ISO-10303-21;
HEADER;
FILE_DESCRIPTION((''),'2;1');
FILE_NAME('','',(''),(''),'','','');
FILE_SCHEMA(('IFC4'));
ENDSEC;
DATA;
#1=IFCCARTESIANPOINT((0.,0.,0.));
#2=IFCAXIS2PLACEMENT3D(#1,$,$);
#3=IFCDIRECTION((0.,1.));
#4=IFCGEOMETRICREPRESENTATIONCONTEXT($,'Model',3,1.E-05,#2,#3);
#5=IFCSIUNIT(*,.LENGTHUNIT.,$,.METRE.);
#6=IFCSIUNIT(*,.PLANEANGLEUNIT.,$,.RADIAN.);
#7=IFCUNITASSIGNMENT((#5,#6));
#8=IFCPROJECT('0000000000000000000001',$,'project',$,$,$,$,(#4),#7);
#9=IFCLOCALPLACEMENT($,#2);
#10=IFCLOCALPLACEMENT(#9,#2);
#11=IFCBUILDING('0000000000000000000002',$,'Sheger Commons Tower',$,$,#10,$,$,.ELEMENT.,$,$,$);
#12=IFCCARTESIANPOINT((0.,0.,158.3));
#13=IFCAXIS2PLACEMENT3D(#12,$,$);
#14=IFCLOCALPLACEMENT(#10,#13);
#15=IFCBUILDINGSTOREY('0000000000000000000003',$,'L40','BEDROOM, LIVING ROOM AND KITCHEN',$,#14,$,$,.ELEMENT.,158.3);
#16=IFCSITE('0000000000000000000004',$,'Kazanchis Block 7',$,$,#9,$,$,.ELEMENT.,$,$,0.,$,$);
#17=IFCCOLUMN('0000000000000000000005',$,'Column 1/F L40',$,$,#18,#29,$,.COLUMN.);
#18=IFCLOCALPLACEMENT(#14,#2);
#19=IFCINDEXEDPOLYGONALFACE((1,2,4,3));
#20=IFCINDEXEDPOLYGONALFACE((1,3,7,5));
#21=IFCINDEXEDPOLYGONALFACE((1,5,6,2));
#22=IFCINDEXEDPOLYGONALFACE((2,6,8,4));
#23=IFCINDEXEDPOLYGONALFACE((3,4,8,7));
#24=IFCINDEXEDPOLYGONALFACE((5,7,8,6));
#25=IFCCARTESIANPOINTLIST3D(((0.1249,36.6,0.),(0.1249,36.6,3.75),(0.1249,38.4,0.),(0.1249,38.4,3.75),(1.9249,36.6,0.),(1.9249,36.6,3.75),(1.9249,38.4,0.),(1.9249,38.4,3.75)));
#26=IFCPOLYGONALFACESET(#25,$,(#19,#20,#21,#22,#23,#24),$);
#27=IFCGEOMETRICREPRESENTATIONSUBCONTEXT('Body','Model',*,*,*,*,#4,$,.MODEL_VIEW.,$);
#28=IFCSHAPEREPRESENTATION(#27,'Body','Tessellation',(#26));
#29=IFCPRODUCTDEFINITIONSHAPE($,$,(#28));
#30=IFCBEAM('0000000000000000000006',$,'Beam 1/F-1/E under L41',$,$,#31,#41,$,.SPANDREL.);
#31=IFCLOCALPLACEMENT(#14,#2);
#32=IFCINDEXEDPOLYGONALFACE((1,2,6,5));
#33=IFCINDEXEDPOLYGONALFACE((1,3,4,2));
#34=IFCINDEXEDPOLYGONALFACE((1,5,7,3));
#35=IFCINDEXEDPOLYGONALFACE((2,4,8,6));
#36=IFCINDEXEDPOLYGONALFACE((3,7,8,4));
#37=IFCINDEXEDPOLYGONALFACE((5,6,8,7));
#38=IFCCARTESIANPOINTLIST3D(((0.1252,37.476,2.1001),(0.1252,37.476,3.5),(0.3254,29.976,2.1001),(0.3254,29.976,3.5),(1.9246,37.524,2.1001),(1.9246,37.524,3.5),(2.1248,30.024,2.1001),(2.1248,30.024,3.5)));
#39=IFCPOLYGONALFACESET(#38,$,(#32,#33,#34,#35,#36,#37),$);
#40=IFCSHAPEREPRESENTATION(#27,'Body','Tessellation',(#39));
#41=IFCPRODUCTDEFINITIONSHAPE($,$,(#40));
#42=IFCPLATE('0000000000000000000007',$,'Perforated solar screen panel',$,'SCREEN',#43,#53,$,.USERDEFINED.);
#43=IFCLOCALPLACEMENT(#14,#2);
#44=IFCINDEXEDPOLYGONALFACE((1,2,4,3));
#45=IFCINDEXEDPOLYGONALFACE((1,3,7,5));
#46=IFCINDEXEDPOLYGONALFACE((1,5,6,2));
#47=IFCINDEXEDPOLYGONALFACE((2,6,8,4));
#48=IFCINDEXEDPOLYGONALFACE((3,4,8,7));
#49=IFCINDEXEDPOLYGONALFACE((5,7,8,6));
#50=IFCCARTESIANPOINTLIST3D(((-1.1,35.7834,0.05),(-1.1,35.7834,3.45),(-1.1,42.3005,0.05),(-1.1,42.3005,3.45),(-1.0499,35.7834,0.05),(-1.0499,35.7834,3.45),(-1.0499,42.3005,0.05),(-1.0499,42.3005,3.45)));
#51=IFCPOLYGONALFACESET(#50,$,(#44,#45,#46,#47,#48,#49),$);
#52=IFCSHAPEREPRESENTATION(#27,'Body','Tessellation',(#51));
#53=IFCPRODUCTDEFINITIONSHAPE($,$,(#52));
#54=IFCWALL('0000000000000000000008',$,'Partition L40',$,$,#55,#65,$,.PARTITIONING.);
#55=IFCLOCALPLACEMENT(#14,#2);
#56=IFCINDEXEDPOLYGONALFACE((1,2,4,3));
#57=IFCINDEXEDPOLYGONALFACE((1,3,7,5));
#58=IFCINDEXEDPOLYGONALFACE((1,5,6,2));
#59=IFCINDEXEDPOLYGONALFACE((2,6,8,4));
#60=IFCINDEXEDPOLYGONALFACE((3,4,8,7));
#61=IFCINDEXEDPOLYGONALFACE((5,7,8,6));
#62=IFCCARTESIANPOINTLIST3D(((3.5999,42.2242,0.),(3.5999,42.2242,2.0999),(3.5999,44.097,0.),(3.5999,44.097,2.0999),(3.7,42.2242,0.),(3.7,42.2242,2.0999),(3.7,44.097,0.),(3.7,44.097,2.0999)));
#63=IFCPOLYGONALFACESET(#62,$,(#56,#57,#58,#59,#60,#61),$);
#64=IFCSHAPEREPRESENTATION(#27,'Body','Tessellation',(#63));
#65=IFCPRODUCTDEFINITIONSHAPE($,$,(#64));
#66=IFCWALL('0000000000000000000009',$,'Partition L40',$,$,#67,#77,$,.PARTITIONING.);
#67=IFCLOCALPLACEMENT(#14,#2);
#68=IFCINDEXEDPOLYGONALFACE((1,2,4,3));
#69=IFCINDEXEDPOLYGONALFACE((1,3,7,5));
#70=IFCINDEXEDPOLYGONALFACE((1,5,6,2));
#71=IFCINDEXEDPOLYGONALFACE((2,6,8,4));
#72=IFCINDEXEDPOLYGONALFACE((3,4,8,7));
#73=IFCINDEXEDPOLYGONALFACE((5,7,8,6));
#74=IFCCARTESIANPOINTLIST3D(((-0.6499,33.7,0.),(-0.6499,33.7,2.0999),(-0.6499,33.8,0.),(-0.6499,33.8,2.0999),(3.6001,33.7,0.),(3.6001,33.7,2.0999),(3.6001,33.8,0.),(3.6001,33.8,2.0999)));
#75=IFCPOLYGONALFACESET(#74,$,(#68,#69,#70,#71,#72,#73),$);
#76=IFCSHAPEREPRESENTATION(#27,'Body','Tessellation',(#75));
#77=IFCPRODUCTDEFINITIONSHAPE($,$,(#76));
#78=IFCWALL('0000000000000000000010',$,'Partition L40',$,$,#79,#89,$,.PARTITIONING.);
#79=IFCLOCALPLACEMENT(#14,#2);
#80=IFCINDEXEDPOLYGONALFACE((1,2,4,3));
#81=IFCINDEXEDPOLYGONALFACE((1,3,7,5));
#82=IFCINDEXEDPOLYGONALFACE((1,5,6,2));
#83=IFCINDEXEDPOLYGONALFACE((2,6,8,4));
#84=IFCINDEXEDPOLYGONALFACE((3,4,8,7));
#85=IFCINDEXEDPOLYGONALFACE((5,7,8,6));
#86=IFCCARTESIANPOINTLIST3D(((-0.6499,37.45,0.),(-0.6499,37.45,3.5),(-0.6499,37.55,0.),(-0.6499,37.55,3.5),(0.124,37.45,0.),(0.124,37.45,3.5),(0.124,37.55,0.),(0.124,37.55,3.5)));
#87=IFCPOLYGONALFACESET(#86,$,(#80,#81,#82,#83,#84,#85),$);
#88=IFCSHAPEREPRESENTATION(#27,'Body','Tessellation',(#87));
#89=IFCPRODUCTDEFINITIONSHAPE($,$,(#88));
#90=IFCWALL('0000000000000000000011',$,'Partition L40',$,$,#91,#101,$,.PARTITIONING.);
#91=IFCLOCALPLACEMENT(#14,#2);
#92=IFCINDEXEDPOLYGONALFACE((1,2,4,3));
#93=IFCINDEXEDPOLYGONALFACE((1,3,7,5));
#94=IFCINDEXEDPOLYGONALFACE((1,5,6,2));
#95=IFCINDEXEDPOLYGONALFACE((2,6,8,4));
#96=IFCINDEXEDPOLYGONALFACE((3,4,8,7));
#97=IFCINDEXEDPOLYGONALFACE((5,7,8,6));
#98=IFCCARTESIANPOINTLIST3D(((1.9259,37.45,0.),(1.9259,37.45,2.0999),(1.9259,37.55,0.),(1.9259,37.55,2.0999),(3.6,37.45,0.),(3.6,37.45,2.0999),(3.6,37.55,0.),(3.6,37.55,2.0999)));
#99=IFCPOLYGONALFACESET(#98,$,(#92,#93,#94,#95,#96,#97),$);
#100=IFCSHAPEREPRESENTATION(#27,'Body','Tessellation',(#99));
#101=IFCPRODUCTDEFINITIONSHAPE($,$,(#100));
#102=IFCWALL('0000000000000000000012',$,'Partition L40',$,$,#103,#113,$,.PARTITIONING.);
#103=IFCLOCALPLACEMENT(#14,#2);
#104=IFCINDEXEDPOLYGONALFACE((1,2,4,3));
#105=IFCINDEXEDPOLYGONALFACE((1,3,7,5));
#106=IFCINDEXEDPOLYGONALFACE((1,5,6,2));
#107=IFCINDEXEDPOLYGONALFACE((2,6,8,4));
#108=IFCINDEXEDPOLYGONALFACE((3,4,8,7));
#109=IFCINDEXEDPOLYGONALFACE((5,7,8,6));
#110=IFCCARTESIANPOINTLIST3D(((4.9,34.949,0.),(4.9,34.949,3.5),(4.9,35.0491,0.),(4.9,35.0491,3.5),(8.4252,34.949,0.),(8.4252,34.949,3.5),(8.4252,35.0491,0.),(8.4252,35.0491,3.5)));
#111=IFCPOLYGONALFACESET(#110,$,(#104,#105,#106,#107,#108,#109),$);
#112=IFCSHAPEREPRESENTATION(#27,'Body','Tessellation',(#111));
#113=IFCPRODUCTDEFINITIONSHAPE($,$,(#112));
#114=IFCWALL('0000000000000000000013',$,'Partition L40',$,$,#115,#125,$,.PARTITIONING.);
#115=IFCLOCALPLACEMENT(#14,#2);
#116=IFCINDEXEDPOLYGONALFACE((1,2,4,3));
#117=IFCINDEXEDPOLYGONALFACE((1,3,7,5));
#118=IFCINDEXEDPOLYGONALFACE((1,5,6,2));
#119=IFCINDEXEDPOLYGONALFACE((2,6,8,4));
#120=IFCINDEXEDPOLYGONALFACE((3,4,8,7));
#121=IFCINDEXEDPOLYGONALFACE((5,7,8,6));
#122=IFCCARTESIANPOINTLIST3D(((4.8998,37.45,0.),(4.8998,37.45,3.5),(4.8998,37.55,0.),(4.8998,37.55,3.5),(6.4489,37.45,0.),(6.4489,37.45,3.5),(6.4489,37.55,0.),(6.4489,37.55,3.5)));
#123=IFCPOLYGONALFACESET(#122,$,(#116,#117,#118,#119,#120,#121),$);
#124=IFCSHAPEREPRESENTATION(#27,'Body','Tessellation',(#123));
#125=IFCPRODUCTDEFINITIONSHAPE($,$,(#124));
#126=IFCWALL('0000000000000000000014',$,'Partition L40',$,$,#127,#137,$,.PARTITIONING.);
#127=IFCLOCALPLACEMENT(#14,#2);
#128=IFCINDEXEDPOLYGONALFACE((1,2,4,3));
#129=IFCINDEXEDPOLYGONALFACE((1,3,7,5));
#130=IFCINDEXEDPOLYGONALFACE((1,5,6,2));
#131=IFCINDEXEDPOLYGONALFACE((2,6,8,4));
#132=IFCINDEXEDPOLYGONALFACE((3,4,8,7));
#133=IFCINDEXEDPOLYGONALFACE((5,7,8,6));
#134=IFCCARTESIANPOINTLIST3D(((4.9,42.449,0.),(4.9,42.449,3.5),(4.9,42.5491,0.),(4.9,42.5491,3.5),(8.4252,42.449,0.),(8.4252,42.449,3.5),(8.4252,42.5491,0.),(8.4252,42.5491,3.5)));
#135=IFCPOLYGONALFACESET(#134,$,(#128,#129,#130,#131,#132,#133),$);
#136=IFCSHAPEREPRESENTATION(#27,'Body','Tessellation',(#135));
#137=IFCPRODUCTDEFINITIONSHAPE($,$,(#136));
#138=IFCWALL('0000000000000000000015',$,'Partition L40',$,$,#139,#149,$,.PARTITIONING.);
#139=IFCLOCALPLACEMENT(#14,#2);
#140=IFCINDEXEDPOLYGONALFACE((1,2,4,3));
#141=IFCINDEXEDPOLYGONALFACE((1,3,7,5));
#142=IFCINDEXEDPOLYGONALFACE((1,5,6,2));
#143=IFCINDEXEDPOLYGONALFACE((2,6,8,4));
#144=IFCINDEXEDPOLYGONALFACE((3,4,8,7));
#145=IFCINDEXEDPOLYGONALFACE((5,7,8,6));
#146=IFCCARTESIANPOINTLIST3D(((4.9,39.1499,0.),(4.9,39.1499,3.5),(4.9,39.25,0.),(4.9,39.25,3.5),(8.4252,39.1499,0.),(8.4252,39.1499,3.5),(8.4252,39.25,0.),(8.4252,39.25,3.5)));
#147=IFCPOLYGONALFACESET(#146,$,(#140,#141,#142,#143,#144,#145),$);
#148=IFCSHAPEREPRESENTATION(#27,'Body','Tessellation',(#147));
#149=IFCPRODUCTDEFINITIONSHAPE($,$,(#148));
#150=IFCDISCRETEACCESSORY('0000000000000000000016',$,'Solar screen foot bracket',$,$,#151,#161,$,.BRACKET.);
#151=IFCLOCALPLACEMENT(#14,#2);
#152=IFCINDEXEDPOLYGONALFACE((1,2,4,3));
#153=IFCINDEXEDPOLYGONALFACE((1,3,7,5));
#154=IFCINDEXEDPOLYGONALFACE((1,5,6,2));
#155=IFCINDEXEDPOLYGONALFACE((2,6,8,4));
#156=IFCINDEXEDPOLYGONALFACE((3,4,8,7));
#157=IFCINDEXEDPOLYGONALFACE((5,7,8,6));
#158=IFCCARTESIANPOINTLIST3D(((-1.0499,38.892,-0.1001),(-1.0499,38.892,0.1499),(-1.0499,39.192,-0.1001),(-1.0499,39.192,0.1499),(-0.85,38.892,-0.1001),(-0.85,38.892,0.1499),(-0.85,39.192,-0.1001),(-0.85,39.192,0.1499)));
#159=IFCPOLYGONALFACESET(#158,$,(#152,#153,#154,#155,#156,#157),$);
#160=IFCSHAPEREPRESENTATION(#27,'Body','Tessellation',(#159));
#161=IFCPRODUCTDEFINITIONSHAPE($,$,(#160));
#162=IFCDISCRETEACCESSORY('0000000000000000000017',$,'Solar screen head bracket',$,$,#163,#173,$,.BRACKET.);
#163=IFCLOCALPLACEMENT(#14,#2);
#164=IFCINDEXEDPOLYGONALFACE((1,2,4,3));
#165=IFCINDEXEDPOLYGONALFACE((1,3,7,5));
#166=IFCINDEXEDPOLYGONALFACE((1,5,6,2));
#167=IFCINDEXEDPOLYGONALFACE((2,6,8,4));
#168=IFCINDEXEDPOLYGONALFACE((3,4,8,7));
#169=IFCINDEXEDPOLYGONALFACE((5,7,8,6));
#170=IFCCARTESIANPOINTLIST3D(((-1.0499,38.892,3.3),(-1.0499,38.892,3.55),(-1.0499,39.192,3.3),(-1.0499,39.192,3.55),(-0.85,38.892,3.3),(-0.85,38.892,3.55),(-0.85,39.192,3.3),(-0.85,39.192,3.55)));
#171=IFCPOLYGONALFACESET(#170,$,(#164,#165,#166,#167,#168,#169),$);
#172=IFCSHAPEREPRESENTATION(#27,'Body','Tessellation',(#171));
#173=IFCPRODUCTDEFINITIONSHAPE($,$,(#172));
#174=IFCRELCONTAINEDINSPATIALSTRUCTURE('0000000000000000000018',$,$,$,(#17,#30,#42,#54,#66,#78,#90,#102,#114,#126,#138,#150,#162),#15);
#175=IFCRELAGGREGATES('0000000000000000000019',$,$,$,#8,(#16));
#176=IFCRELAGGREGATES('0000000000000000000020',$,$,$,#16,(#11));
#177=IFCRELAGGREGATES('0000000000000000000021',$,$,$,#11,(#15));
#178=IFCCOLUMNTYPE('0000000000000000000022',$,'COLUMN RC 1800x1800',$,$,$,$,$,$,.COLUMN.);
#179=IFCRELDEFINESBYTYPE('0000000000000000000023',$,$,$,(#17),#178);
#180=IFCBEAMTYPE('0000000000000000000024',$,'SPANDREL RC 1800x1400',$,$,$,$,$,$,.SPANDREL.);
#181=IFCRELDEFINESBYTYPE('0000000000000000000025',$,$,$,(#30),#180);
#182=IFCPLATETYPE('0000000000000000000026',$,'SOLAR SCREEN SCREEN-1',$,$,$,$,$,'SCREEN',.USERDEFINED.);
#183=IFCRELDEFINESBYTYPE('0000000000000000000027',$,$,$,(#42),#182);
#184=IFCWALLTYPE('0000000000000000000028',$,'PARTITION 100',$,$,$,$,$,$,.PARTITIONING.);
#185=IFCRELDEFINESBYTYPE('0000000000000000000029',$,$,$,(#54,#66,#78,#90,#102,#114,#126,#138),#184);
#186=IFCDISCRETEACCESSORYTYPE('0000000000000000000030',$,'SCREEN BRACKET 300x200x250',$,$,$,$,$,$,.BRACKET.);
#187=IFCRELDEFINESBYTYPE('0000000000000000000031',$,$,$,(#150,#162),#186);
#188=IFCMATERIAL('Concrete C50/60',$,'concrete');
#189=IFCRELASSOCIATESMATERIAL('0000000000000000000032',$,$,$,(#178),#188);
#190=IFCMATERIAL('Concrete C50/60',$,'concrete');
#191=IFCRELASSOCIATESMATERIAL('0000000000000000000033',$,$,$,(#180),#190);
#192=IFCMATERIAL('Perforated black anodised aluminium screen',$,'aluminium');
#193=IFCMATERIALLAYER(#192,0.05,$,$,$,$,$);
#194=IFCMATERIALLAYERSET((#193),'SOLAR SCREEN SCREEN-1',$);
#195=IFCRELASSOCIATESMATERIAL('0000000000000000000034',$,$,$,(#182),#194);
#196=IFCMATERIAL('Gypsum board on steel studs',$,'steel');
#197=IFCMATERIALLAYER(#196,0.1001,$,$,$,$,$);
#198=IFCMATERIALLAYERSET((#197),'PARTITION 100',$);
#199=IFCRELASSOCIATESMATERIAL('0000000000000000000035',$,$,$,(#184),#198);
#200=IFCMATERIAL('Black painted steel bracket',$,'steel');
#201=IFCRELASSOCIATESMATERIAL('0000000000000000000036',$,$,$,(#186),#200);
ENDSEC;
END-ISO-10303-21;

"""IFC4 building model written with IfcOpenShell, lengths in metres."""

from ifc_helpers import new_model, si_unit, direction, frame, frame_2d, origin, origin_2d, place, context, subcontext, project, spatial, rectangle, extrude, material, layer, layer_set, material_profile, profile_set, type_object, element, save


model = new_model("IFC4")

# Units and contexts
model_context = context("Model", 3, precision=1e-05, world=origin(), true_north=direction((0.0, 1.0)))
body_context = subcontext(model_context, "Body", "Model", "MODEL_VIEW")
ifc_project = project(units=[si_unit("LENGTHUNIT", "METRE"), si_unit("PLANEANGLEUNIT", "RADIAN")], contexts=[model_context])

# Site, building, storey
site_placement = place(None, origin())
site = spatial("IfcSite", under=ifc_project, at=site_placement, Name="Kazanchis Block 7", CompositionType="ELEMENT", RefElevation=0.0)
building_placement = place(site_placement, origin())
building = spatial("IfcBuilding", under=site, at=building_placement, Name="Sheger Commons Tower", CompositionType="ELEMENT")
storey_placement = place(building_placement, frame((0.0, 0.0, 158.3)))
storey = spatial("IfcBuildingStorey", under=building, at=storey_placement, Name="L40", Description="BEDROOM, LIVING ROOM AND KITCHEN", CompositionType="ELEMENT", Elevation=158.3)

# Column
ifc_material_1 = material(Name="Concrete C50/60", Category="concrete")
ifc_material_profile_1 = material_profile(ifc_material_1, rectangle(XDim=1.8, YDim=1.8, at=origin_2d()), Name="RC 1800x1800")
ifc_profile_set_1 = profile_set([ifc_material_profile_1], Name="Concrete C50/60")
column_type = type_object("IfcColumnType", Name="COLUMN RC 1800x1800", PredefinedType="COLUMN", material=ifc_profile_set_1)
column_placement = place(storey_placement, frame((1.0249, 37.5, 0.0), z_axis=(0.0, 0.0, 1.0), x_axis=(1.0, 0.0, 0.0)))
element("IfcColumn", 1, at=column_placement, inside=storey, type_object=column_type, Name="Column 1/F L40", PredefinedType="COLUMN", context=body_context, shape_type="SweptSolid", body=[
    extrude(rectangle(XDim=1.8, YDim=1.8, at=origin_2d()), origin(), (0.0, 0.0, 1.0), 3.75),
])

# Beam
ifc_material_2 = material(Name="Concrete C50/60", Category="concrete")
ifc_material_profile_2 = material_profile(ifc_material_2, rectangle(XDim=1.8, YDim=1.3999, at=origin_2d()), Name="RC 1800x1400")
ifc_profile_set_2 = profile_set([ifc_material_profile_2], Name="Concrete C50/60")
beam_type = type_object("IfcBeamType", Name="SPANDREL RC 1800x1400", PredefinedType="SPANDREL", material=ifc_profile_set_2)
beam_placement = place(storey_placement, frame((1.0249, 37.5, 2.8), z_axis=(0.026683, -0.999644, 0.0), x_axis=(0.999644, 0.026683, 0.0)))
element("IfcBeam", 2, at=beam_placement, inside=storey, type_object=beam_type, Name="Beam 1/F-1/E under L41", PredefinedType="SPANDREL", context=body_context, shape_type="SweptSolid", body=[
    extrude(rectangle(XDim=1.8, YDim=1.3999, at=origin_2d()), origin(), (0.0, 0.0, 1.0), 7.5027),
])

# Plate
ifc_material_3 = material(Name="Perforated black anodised aluminium screen", Category="aluminium")
ifc_layer_1 = layer(ifc_material_3, 0.05)
ifc_layer_set_1 = layer_set([ifc_layer_1], Name="SOLAR SCREEN SCREEN-1")
plate_type = type_object("IfcPlateType", Name="SOLAR SCREEN SCREEN-1", ElementType="SCREEN", PredefinedType="USERDEFINED", material=ifc_layer_set_1)
plate_placement = place(storey_placement, frame((-1.075, 39.042, 0.05), z_axis=(0.0, 0.0, 1.0), x_axis=(0.0, -1.0, 0.0)))
element("IfcPlate", 3, at=plate_placement, inside=storey, type_object=plate_type, Name="Perforated solar screen panel", ObjectType="SCREEN", PredefinedType="USERDEFINED", context=body_context, shape_type="SweptSolid", body=[
    extrude(rectangle(XDim=6.5171, YDim=0.05, at=origin_2d()), origin(), (0.0, 0.0, 1.0), 3.3999),
])

# Walls
ifc_material_4 = material(Name="Gypsum board on steel studs", Category="steel")
ifc_layer_2 = layer(ifc_material_4, 0.1001)
ifc_layer_set_2 = layer_set([ifc_layer_2], Name="PARTITION 100")
wall_type = type_object("IfcWallType", Name="PARTITION 100", PredefinedType="PARTITIONING", material=ifc_layer_set_2)
wall_1_placement = place(storey_placement, frame((3.6499, 42.2241, 0.0), z_axis=(0.0, 0.0, 1.0), x_axis=(0.0, 1.0, 0.0)))
element("IfcWall", 4, at=wall_1_placement, inside=storey, type_object=wall_type, Name="Partition L40", PredefinedType="PARTITIONING", context=body_context, shape_type="SweptSolid", body=[
    extrude(rectangle(XDim=1.8728, YDim=0.1001, at=frame_2d((0.9365, 0.0))), origin(), (0.0, 0.0, 1.0), 2.0999),
])
wall_2_placement = place(storey_placement, frame((-0.6499, 33.75, 0.0), z_axis=(0.0, 0.0, 1.0), x_axis=(1.0, 0.0, 0.0)))
element("IfcWall", 5, at=wall_2_placement, inside=storey, type_object=wall_type, Name="Partition L40", PredefinedType="PARTITIONING", context=body_context, shape_type="SweptSolid", body=[
    extrude(rectangle(XDim=4.25, YDim=0.1001, at=frame_2d((2.125, 0.0))), origin(), (0.0, 0.0, 1.0), 2.0999),
])
wall_3_placement = place(storey_placement, frame((-0.6499, 37.5, 0.0), z_axis=(0.0, 0.0, 1.0), x_axis=(1.0, 0.0, 0.0)))
element("IfcWall", 6, at=wall_3_placement, inside=storey, type_object=wall_type, Name="Partition L40", PredefinedType="PARTITIONING", context=body_context, shape_type="SweptSolid", body=[
    extrude(rectangle(XDim=0.7739, YDim=0.1001, at=frame_2d((0.387, 0.0))), origin(), (0.0, 0.0, 1.0), 3.5),
])
wall_4_placement = place(storey_placement, frame((1.926, 37.5, 0.0), z_axis=(0.0, 0.0, 1.0), x_axis=(1.0, 0.0, 0.0)))
element("IfcWall", 7, at=wall_4_placement, inside=storey, type_object=wall_type, Name="Partition L40", PredefinedType="PARTITIONING", context=body_context, shape_type="SweptSolid", body=[
    extrude(rectangle(XDim=1.6741, YDim=0.1001, at=frame_2d((0.8369, 0.0))), origin(), (0.0, 0.0, 1.0), 2.0999),
])
wall_5_placement = place(storey_placement, frame((4.8999, 34.999, 0.0), z_axis=(0.0, 0.0, 1.0), x_axis=(1.0, 0.0, 0.0)))
element("IfcWall", 8, at=wall_5_placement, inside=storey, type_object=wall_type, Name="Partition L40", PredefinedType="PARTITIONING", context=body_context, shape_type="SweptSolid", body=[
    extrude(rectangle(XDim=3.5251, YDim=0.1001, at=frame_2d((1.7627, 0.0))), origin(), (0.0, 0.0, 1.0), 3.5),
])
wall_6_placement = place(storey_placement, frame((4.8999, 37.5, 0.0), z_axis=(0.0, 0.0, 1.0), x_axis=(1.0, 0.0, 0.0)))
element("IfcWall", 9, at=wall_6_placement, inside=storey, type_object=wall_type, Name="Partition L40", PredefinedType="PARTITIONING", context=body_context, shape_type="SweptSolid", body=[
    extrude(rectangle(XDim=1.5491, YDim=0.1001, at=frame_2d((0.7744, 0.0))), origin(), (0.0, 0.0, 1.0), 3.5),
])
for number, where, z_axis, x_axis, name in (
    (10, (4.8999, 42.499, 0.0), (0.0, 0.0, 1.0), (1.0, 0.0, 0.0), "Partition L40"),
    (11, (4.8999, 39.2, 0.0), (0.0, 0.0, 1.0), (1.0, 0.0, 0.0), "Partition L40"),
):
    element("IfcWall", number, at=place(storey_placement, frame(where, z_axis=z_axis, x_axis=x_axis)), inside=storey, type_object=wall_type, Name=name, PredefinedType="PARTITIONING", context=body_context, shape_type="SweptSolid", body=[
        extrude(rectangle(XDim=3.5251, YDim=0.1001, at=frame_2d((1.7627, 0.0))), origin(), (0.0, 0.0, 1.0), 3.5),
    ])

# Discrete accessories
ifc_material_5 = material(Name="Black painted steel bracket", Category="steel")
discrete_accessory_type = type_object("IfcDiscreteAccessoryType", Name="SCREEN BRACKET 300x200x250", PredefinedType="BRACKET", material=ifc_material_5)
for number, where, z_axis, x_axis, name in (
    (12, (-0.95, 39.042, -0.1001), (0.0, 0.0, 1.0), (0.0, -1.0, 0.0), "Solar screen foot bracket"),
    (13, (-0.95, 39.042, 3.3), (0.0, 0.0, 1.0), (0.0, -1.0, 0.0), "Solar screen head bracket"),
):
    element("IfcDiscreteAccessory", number, at=place(storey_placement, frame(where, z_axis=z_axis, x_axis=x_axis)), inside=storey, type_object=discrete_accessory_type, Name=name, PredefinedType="BRACKET", context=body_context, shape_type="SweptSolid", body=[
        extrude(rectangle(XDim=0.3, YDim=0.2, at=origin_2d()), origin(), (0.0, 0.0, 1.0), 0.25),
    ])

save(model, "model.ifc")
